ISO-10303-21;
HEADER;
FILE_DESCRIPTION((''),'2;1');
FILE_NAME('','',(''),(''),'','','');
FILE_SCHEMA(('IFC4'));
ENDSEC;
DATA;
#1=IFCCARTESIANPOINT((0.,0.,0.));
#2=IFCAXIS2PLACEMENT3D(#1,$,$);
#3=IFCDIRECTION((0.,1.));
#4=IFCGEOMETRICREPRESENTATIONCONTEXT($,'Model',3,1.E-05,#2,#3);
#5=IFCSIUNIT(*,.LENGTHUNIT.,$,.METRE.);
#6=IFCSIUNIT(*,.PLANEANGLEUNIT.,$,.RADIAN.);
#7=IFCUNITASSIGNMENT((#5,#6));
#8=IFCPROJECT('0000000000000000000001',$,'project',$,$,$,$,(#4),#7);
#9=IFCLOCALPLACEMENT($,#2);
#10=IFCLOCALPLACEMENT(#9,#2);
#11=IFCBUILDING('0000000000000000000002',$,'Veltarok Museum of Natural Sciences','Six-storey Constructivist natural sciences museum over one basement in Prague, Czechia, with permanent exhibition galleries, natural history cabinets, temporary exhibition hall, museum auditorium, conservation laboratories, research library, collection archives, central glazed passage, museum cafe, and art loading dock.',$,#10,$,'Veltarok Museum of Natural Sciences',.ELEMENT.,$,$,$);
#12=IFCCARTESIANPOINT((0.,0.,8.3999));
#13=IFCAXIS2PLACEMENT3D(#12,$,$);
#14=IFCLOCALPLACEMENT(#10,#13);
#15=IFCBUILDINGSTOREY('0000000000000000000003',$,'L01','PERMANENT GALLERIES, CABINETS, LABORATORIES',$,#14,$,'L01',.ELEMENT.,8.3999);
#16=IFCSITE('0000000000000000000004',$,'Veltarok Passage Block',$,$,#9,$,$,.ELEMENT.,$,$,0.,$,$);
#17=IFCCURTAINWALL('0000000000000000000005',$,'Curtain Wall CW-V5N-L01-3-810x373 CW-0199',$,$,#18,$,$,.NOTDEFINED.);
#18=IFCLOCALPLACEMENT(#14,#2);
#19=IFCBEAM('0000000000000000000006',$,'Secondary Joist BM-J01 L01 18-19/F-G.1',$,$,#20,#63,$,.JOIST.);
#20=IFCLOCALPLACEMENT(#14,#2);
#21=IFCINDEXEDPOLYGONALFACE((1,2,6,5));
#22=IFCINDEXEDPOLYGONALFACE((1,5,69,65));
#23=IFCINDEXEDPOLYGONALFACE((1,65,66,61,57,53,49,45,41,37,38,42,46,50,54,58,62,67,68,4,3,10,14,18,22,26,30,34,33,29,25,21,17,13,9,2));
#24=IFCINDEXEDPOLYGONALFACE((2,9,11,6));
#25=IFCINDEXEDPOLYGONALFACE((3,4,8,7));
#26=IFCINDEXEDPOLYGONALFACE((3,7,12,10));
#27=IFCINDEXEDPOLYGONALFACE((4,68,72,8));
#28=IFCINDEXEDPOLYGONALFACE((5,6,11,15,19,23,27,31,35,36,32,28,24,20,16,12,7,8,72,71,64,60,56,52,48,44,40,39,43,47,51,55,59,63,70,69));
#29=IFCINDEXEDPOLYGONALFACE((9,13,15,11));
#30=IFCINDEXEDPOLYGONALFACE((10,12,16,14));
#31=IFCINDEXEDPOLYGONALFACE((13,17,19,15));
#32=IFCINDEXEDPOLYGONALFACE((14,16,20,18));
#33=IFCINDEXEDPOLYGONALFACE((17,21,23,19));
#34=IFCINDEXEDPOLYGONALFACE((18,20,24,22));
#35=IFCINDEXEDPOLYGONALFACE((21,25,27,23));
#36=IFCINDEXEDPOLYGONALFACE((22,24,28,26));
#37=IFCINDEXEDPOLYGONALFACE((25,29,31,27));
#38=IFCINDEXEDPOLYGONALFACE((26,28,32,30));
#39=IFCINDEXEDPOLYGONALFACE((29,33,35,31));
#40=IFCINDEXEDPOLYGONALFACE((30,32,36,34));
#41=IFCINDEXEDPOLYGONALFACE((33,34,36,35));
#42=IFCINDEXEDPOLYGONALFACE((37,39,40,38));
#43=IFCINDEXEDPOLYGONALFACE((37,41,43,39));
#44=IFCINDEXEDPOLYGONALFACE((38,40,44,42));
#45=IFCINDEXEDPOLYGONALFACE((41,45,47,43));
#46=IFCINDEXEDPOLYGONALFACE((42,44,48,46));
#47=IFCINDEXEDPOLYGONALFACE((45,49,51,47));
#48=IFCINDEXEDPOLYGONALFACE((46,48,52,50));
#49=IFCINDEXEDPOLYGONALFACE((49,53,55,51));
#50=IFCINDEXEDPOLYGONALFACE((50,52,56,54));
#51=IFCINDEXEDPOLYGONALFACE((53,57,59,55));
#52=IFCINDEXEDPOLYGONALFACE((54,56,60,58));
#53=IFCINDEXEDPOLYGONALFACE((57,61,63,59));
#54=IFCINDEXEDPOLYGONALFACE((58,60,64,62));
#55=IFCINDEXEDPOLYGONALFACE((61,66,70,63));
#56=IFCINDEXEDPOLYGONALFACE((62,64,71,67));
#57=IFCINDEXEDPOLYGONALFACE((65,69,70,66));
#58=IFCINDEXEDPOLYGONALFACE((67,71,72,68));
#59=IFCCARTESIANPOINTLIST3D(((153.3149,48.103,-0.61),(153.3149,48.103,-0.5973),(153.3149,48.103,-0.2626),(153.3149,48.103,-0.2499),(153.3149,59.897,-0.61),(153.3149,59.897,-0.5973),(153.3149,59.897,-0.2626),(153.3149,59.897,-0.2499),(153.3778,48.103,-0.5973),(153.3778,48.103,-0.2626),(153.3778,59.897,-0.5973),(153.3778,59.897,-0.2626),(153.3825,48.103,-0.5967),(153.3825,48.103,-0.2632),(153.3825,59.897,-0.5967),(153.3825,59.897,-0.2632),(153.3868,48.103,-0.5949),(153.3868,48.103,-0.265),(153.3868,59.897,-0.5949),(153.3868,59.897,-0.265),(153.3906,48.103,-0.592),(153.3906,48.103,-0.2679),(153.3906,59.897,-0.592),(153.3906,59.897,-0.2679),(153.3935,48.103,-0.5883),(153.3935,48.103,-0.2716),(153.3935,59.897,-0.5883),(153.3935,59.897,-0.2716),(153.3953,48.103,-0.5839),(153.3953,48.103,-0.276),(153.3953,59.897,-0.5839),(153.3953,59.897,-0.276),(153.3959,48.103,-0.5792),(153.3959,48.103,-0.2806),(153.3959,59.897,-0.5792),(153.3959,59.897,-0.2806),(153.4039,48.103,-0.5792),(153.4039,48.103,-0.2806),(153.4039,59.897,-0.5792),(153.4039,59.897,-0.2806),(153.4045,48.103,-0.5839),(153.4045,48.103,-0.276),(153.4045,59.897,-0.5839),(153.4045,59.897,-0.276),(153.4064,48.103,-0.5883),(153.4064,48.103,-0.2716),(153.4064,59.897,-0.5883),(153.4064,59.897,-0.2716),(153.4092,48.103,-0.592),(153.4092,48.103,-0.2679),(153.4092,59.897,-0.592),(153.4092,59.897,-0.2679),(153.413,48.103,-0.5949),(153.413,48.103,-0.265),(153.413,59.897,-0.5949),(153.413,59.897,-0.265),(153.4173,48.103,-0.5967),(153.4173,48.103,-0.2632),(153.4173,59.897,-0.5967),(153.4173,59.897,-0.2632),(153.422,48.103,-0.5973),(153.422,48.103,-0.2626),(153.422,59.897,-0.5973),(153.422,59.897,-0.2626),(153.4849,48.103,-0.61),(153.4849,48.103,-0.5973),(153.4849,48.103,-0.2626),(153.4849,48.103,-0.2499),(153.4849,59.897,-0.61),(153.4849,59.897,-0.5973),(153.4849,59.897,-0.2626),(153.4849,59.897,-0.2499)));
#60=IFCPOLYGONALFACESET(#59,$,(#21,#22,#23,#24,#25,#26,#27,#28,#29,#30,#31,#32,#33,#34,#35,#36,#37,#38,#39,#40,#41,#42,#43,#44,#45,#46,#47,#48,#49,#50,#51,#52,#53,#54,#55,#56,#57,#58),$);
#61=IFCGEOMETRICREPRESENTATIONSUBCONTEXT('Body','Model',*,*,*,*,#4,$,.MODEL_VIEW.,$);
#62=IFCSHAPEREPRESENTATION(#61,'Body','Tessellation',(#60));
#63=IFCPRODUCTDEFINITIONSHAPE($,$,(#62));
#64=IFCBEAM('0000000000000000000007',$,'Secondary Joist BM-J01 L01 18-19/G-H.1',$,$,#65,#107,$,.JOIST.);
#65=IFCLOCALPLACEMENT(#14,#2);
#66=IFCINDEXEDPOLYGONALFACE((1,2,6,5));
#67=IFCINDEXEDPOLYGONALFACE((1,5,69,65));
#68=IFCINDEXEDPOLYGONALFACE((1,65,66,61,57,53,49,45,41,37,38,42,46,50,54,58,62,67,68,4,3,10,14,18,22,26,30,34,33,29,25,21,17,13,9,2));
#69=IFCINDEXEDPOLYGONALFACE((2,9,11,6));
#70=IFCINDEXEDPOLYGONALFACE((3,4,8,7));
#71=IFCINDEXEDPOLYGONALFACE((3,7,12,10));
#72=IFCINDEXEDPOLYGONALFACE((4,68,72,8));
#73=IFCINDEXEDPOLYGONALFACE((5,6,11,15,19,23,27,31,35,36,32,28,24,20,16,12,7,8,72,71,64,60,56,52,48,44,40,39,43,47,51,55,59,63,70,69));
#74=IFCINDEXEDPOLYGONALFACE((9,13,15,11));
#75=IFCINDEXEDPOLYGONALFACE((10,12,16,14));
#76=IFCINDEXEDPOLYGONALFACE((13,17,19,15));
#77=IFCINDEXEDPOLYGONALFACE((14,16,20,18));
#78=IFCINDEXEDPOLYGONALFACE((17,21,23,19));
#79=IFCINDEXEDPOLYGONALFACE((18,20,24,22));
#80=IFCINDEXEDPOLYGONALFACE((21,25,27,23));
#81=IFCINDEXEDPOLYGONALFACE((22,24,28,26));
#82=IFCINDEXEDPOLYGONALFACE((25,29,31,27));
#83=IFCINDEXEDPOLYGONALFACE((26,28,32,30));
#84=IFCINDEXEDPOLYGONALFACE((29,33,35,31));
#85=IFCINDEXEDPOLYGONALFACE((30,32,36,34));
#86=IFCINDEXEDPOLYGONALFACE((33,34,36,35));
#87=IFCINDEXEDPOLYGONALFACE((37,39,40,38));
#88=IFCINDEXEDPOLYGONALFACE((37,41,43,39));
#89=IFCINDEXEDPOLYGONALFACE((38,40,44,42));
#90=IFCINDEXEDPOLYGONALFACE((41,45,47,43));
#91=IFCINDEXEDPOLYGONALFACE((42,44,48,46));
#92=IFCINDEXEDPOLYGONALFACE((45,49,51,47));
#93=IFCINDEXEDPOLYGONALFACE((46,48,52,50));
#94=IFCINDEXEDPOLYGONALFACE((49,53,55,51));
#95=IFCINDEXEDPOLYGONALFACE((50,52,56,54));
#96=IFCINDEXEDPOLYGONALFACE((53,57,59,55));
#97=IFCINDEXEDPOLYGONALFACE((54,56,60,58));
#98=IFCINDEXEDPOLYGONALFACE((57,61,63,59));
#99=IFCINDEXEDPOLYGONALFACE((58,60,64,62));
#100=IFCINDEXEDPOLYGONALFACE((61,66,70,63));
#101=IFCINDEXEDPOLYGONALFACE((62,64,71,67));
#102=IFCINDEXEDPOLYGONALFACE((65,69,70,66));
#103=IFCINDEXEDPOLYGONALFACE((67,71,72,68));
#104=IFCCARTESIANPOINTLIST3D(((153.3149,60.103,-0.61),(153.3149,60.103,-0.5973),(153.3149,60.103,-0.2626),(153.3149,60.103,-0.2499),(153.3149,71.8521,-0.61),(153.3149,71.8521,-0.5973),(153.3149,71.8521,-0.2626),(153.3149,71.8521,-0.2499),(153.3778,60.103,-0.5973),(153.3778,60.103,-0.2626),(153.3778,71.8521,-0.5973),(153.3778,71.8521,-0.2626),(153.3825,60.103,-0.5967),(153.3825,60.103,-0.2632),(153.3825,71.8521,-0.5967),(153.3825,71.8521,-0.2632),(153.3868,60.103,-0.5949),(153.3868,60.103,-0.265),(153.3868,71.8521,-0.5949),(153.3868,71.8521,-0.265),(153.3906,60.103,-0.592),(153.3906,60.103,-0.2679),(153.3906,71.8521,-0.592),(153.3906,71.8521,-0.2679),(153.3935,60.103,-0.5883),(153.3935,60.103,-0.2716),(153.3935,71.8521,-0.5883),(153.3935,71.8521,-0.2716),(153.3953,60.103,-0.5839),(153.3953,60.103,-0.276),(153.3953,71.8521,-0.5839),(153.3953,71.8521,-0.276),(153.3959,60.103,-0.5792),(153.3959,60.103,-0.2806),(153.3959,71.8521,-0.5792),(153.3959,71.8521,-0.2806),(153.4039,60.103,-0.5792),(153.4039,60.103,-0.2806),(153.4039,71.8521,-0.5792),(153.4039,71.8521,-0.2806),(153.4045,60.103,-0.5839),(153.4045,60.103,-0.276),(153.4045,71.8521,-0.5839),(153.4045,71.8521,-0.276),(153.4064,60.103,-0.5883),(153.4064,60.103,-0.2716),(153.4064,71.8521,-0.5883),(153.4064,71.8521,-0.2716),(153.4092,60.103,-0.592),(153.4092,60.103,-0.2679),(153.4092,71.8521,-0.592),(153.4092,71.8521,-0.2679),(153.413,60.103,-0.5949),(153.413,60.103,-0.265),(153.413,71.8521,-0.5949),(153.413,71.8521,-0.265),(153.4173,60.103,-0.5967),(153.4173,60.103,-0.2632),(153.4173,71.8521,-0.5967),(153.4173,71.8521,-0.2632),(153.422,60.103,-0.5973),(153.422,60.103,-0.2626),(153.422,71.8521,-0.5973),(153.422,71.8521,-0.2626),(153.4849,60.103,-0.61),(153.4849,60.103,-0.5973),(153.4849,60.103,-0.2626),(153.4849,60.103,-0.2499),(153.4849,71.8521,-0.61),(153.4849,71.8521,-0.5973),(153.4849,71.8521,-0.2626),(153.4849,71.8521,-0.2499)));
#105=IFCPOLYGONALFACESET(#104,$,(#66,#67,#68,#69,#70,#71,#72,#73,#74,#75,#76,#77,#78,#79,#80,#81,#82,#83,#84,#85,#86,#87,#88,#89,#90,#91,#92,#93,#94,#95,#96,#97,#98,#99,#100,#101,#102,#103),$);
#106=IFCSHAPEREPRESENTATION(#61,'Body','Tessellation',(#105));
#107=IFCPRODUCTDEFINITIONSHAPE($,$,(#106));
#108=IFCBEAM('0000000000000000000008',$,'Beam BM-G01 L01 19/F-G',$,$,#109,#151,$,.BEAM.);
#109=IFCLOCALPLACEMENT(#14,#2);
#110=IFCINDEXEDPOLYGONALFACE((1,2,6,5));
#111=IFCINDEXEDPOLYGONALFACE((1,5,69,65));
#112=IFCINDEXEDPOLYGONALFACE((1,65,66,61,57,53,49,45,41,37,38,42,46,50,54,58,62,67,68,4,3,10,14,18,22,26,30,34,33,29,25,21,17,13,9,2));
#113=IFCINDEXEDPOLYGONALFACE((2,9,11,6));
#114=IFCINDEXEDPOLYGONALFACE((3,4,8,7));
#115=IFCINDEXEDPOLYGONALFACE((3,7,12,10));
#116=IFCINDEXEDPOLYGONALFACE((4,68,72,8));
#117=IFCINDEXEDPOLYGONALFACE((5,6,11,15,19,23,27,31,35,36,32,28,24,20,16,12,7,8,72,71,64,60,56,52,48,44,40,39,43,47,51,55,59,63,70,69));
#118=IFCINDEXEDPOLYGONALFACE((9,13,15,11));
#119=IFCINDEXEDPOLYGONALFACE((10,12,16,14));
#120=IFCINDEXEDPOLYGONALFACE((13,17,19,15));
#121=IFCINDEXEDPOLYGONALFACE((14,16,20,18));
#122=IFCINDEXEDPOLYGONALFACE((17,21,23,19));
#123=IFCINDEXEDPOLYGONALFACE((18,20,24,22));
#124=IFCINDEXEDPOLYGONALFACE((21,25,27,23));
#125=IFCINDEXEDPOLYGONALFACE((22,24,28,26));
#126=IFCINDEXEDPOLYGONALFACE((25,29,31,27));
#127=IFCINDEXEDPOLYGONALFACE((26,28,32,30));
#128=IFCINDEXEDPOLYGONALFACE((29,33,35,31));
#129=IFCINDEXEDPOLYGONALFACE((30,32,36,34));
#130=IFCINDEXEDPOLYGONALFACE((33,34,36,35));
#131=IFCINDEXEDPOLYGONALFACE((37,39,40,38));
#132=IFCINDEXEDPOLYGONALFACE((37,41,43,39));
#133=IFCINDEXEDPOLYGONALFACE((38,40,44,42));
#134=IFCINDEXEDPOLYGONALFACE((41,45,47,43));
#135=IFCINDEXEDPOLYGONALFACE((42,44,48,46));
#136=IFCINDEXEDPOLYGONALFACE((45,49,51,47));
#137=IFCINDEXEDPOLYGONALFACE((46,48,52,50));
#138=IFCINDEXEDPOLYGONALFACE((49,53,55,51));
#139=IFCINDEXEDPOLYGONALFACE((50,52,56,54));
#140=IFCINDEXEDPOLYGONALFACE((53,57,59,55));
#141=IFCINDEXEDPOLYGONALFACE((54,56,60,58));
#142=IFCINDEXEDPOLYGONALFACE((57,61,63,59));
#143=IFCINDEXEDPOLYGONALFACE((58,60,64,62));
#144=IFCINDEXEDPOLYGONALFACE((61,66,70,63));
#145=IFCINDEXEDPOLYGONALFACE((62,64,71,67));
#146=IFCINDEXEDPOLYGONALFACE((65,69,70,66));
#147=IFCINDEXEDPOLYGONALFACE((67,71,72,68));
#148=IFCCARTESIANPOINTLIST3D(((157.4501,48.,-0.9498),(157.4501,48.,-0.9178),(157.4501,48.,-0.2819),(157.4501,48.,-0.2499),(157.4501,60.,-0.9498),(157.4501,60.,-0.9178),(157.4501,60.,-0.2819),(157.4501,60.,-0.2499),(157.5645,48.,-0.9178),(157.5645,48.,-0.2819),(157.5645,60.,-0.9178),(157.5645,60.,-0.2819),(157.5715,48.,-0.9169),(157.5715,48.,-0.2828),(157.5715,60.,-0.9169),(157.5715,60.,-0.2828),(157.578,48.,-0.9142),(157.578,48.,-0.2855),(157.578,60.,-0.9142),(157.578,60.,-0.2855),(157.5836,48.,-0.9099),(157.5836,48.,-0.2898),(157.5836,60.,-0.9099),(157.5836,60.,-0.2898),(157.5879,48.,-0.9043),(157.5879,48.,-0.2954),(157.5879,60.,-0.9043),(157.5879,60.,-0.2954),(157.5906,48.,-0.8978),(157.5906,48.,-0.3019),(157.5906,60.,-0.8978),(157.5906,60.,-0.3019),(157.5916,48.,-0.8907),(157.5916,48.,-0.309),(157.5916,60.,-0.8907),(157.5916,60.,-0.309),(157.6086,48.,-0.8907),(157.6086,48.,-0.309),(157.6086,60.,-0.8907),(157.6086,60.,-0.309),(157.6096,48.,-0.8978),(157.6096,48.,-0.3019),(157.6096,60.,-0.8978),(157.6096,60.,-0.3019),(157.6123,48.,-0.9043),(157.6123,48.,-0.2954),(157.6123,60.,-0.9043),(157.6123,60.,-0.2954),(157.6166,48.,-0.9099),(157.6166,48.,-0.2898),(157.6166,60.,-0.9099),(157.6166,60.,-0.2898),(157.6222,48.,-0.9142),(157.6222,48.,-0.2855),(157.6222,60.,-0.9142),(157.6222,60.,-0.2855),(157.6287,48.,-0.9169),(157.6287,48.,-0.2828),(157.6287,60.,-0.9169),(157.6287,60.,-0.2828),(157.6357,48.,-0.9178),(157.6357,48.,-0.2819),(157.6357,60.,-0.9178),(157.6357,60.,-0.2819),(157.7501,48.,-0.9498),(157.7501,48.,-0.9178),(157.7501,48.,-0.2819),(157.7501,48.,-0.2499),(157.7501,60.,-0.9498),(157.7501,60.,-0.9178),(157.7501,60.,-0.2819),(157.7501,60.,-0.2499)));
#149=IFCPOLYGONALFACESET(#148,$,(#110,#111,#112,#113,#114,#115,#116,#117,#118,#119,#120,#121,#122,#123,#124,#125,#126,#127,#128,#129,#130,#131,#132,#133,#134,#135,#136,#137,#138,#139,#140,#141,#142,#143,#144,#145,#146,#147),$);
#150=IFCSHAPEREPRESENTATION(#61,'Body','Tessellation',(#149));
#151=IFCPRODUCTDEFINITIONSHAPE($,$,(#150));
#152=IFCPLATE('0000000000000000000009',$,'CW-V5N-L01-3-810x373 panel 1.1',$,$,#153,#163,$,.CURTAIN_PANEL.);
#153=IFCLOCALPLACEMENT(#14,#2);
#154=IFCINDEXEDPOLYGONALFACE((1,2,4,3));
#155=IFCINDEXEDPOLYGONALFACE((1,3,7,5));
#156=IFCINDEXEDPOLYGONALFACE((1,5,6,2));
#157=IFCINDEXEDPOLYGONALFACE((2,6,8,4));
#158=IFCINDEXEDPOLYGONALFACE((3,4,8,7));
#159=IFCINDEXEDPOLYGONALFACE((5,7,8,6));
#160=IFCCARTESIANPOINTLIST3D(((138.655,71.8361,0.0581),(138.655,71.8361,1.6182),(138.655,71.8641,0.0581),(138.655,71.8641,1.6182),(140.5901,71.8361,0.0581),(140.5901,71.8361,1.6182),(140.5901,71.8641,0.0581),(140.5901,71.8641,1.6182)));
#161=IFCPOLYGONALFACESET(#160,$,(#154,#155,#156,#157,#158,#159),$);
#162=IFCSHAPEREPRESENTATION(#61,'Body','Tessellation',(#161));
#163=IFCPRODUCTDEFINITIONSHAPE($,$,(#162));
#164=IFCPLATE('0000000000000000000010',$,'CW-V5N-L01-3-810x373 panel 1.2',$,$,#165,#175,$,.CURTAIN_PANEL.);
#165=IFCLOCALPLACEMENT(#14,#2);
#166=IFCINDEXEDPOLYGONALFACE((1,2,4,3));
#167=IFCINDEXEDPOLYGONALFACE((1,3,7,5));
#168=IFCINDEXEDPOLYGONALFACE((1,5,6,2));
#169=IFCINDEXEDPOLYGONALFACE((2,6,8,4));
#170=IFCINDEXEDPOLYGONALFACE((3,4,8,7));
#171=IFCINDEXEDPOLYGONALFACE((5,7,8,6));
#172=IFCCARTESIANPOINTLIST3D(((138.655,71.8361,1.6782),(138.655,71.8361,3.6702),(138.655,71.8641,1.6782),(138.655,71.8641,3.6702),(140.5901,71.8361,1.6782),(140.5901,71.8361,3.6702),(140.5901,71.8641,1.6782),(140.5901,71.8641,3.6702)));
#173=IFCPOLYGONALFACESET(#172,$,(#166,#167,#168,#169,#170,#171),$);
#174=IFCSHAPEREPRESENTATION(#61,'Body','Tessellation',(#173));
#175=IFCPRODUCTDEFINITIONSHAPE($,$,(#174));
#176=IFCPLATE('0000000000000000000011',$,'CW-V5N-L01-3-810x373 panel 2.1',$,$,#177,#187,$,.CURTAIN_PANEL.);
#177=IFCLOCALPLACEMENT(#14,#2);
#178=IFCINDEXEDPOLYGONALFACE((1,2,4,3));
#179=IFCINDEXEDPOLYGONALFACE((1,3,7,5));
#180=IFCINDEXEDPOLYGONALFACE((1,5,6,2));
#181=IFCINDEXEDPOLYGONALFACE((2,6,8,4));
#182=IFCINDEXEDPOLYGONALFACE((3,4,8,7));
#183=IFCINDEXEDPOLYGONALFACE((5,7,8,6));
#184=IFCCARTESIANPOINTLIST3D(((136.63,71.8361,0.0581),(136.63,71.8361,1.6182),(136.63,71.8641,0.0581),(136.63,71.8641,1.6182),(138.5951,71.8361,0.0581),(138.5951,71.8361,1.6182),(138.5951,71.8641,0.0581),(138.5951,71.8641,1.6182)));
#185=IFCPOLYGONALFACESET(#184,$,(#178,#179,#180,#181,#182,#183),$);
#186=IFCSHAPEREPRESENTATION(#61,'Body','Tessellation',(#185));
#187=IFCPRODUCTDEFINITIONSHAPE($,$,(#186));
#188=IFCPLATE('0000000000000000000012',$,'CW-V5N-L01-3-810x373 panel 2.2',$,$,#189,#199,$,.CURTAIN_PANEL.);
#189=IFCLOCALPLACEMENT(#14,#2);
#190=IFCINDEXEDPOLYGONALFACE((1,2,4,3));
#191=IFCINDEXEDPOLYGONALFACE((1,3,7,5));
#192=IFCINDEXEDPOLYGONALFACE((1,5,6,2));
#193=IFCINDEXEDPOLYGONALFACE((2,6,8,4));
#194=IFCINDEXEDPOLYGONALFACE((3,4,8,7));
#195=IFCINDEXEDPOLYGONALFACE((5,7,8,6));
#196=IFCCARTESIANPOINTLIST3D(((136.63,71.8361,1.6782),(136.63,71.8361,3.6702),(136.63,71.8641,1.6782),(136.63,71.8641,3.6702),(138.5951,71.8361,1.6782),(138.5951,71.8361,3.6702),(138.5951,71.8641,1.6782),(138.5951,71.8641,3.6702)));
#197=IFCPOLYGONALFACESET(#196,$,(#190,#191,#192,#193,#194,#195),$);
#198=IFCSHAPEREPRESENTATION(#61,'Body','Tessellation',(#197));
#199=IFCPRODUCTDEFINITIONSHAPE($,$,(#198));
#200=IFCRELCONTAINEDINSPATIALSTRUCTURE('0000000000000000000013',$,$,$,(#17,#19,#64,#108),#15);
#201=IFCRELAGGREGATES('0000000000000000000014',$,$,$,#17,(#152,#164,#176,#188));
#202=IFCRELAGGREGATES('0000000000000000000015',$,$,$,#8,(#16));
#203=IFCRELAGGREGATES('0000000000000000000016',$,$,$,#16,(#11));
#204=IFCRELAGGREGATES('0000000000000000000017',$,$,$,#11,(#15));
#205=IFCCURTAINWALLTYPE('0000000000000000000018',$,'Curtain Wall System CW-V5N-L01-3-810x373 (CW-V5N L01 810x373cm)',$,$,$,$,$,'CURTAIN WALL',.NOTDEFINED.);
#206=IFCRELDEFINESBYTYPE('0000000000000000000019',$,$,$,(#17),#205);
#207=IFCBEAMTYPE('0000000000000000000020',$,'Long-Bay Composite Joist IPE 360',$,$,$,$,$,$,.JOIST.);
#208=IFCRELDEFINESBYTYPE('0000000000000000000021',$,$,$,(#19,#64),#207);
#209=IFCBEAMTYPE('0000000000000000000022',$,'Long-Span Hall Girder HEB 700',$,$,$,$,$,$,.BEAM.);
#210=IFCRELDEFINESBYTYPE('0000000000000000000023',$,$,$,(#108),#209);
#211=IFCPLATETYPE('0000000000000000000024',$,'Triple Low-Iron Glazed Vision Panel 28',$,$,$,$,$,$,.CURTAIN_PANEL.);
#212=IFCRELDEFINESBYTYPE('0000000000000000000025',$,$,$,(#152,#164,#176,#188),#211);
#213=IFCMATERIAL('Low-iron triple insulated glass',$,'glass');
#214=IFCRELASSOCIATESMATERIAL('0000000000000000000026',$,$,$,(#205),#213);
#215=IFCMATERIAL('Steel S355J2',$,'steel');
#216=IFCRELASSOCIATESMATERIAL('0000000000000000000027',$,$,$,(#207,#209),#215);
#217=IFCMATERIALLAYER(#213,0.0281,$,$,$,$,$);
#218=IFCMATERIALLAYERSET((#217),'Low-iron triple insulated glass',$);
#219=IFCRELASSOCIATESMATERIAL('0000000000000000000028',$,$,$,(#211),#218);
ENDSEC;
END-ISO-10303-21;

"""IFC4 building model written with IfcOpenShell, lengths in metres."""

from ifc_helpers import new_model, si_unit, direction, frame, origin, origin_2d, place, context, subcontext, project, spatial, rectangle, i_section, extrude, material, layer, layer_set, material_profile, profile_set, type_object, element, aggregate, save


model = new_model("IFC4")

# Units and contexts
model_context = context("Model", 3, precision=1e-05, world=origin(), true_north=direction((0.0, 1.0)))
body_context = subcontext(model_context, "Body", "Model", "MODEL_VIEW")
ifc_project = project(units=[si_unit("LENGTHUNIT", "METRE"), si_unit("PLANEANGLEUNIT", "RADIAN")], contexts=[model_context])

# Site, building, storey
site_placement = place(None, origin())
site = spatial("IfcSite", under=ifc_project, at=site_placement, Name="Veltarok Passage Block", CompositionType="ELEMENT", RefElevation=0.0)
building_placement = place(site_placement, origin())
building = spatial("IfcBuilding", under=site, at=building_placement, Name="Veltarok Museum of Natural Sciences", Description="Six-storey Constructivist natural sciences museum over one basement in Prague, Czechia, with permanent exhibition galleries, natural history cabinets, temporary exhibition hall, museum auditorium, conservation laboratories, research library, collection archives, central glazed passage, museum cafe, and art loading dock.", LongName="Veltarok Museum of Natural Sciences", CompositionType="ELEMENT")
storey_placement = place(building_placement, frame((0.0, 0.0, 8.3999)))
storey = spatial("IfcBuildingStorey", under=building, at=storey_placement, Name="L01", Description="PERMANENT GALLERIES, CABINETS, LABORATORIES", LongName="L01", CompositionType="ELEMENT", Elevation=8.3999)

# Shared definitions
ifc_material_1 = material(Name="Steel S355J2", Category="steel")

# Curtain wall
ifc_material_2 = material(Name="Low-iron triple insulated glass", Category="glass")
curtain_wall_type = type_object("IfcCurtainWallType", Name="Curtain Wall System CW-V5N-L01-3-810x373 (CW-V5N L01 810x373cm)", ElementType="CURTAIN WALL", PredefinedType="NOTDEFINED", material=ifc_material_2)
curtain_wall_placement = place(storey_placement, origin())
curtain_wall = element("IfcCurtainWall", 1, at=curtain_wall_placement, inside=storey, type_object=curtain_wall_type, Name="Curtain Wall CW-V5N-L01-3-810x373 CW-0199", PredefinedType="NOTDEFINED")

# Beams
ifc_material_profile_1 = material_profile(ifc_material_1, i_section(OverallWidth=0.1699, OverallDepth=0.3601, WebThickness=0.0081, FlangeThickness=0.0127, FilletRadius=0.0181, at=origin_2d()), Name="IPE 360")
ifc_profile_set_1 = profile_set([ifc_material_profile_1], Name="Steel S355J2")
beam_type_1 = type_object("IfcBeamType", Name="Long-Bay Composite Joist IPE 360", PredefinedType="JOIST", material=ifc_profile_set_1)
beam_1_placement = place(storey_placement, frame((153.3999, 48.103, -0.4299), z_axis=(0.0, 1.0, 0.0), x_axis=(-1.0, 0.0, 0.0)))
element("IfcBeam", 2, at=beam_1_placement, inside=storey, type_object=beam_type_1, Name="Secondary Joist BM-J01 L01 18-19/F-G.1", PredefinedType="JOIST", context=body_context, shape_type="SweptSolid", body=[
    extrude(i_section(OverallWidth=0.1699, OverallDepth=0.3601, WebThickness=0.0081, FlangeThickness=0.0127, FilletRadius=0.0181, at=origin_2d()), origin(), (0.0, 0.0, 1.0), 11.7939),
])
beam_2_placement = place(storey_placement, frame((153.3999, 60.103, -0.4299), z_axis=(0.0, 1.0, 0.0), x_axis=(-1.0, 0.0, 0.0)))
element("IfcBeam", 3, at=beam_2_placement, inside=storey, type_object=beam_type_1, Name="Secondary Joist BM-J01 L01 18-19/G-H.1", PredefinedType="JOIST", context=body_context, shape_type="SweptSolid", body=[
    extrude(i_section(OverallWidth=0.1699, OverallDepth=0.3601, WebThickness=0.0081, FlangeThickness=0.0127, FilletRadius=0.0181, at=origin_2d()), origin(), (0.0, 0.0, 1.0), 11.749),
])
ifc_material_profile_2 = material_profile(ifc_material_1, i_section(OverallWidth=0.3, OverallDepth=0.7, WebThickness=0.0171, FlangeThickness=0.032, FilletRadius=0.0271, at=origin_2d()), Name="HEB 700")
ifc_profile_set_2 = profile_set([ifc_material_profile_2], Name="Steel S355J2")
beam_type_2 = type_object("IfcBeamType", Name="Long-Span Hall Girder HEB 700", PredefinedType="BEAM", material=ifc_profile_set_2)
beam_3_placement = place(storey_placement, frame((157.6001, 48.0, -0.5999), z_axis=(0.0, 1.0, 0.0), x_axis=(-1.0, 0.0, 0.0)))
element("IfcBeam", 4, at=beam_3_placement, inside=storey, type_object=beam_type_2, Name="Beam BM-G01 L01 19/F-G", PredefinedType="BEAM", context=body_context, shape_type="SweptSolid", body=[
    extrude(i_section(OverallWidth=0.3, OverallDepth=0.7, WebThickness=0.0171, FlangeThickness=0.032, FilletRadius=0.0271, at=origin_2d()), origin(), (0.0, 0.0, 1.0), 12.0),
])

# Plates
ifc_layer = layer(ifc_material_2, 0.0281)
ifc_layer_set = layer_set([ifc_layer], Name="Low-iron triple insulated glass")
plate_type = type_object("IfcPlateType", Name="Triple Low-Iron Glazed Vision Panel 28", PredefinedType="CURTAIN_PANEL", material=ifc_layer_set)
plate_1_placement = place(storey_placement, frame((139.6226, 71.8501, 0.0581), z_axis=(0.0, 0.0, 1.0), x_axis=(-1.0, 0.0, 0.0)))
plate_1 = element("IfcPlate", 5, at=plate_1_placement, type_object=plate_type, Name="CW-V5N-L01-3-810x373 panel 1.1", PredefinedType="CURTAIN_PANEL", context=body_context, shape_type="SweptSolid", body=[
    extrude(rectangle(XDim=1.9351, YDim=0.0281, at=origin_2d()), origin(), (0.0, 0.0, 1.0), 1.5601),
])
plate_2_placement = place(storey_placement, frame((139.6226, 71.8501, 1.6782), z_axis=(0.0, 0.0, 1.0), x_axis=(-1.0, 0.0, 0.0)))
plate_2 = element("IfcPlate", 6, at=plate_2_placement, type_object=plate_type, Name="CW-V5N-L01-3-810x373 panel 1.2", PredefinedType="CURTAIN_PANEL", context=body_context, shape_type="SweptSolid", body=[
    extrude(rectangle(XDim=1.9351, YDim=0.0281, at=origin_2d()), origin(), (0.0, 0.0, 1.0), 1.9919),
])
plate_3_placement = place(storey_placement, frame((137.6125, 71.8501, 0.0581), z_axis=(0.0, 0.0, 1.0), x_axis=(-1.0, 0.0, 0.0)))
plate_3 = element("IfcPlate", 7, at=plate_3_placement, type_object=plate_type, Name="CW-V5N-L01-3-810x373 panel 2.1", PredefinedType="CURTAIN_PANEL", context=body_context, shape_type="SweptSolid", body=[
    extrude(rectangle(XDim=1.9651, YDim=0.0281, at=origin_2d()), origin(), (0.0, 0.0, 1.0), 1.5601),
])
plate_4_placement = place(storey_placement, frame((137.6125, 71.8501, 1.6782), z_axis=(0.0, 0.0, 1.0), x_axis=(-1.0, 0.0, 0.0)))
plate_4 = element("IfcPlate", 8, at=plate_4_placement, type_object=plate_type, Name="CW-V5N-L01-3-810x373 panel 2.2", PredefinedType="CURTAIN_PANEL", context=body_context, shape_type="SweptSolid", body=[
    extrude(rectangle(XDim=1.9651, YDim=0.0281, at=origin_2d()), origin(), (0.0, 0.0, 1.0), 1.9919),
])
aggregate(curtain_wall, [plate_1, plate_2, plate_3, plate_4])

save(model, "model.ifc")
